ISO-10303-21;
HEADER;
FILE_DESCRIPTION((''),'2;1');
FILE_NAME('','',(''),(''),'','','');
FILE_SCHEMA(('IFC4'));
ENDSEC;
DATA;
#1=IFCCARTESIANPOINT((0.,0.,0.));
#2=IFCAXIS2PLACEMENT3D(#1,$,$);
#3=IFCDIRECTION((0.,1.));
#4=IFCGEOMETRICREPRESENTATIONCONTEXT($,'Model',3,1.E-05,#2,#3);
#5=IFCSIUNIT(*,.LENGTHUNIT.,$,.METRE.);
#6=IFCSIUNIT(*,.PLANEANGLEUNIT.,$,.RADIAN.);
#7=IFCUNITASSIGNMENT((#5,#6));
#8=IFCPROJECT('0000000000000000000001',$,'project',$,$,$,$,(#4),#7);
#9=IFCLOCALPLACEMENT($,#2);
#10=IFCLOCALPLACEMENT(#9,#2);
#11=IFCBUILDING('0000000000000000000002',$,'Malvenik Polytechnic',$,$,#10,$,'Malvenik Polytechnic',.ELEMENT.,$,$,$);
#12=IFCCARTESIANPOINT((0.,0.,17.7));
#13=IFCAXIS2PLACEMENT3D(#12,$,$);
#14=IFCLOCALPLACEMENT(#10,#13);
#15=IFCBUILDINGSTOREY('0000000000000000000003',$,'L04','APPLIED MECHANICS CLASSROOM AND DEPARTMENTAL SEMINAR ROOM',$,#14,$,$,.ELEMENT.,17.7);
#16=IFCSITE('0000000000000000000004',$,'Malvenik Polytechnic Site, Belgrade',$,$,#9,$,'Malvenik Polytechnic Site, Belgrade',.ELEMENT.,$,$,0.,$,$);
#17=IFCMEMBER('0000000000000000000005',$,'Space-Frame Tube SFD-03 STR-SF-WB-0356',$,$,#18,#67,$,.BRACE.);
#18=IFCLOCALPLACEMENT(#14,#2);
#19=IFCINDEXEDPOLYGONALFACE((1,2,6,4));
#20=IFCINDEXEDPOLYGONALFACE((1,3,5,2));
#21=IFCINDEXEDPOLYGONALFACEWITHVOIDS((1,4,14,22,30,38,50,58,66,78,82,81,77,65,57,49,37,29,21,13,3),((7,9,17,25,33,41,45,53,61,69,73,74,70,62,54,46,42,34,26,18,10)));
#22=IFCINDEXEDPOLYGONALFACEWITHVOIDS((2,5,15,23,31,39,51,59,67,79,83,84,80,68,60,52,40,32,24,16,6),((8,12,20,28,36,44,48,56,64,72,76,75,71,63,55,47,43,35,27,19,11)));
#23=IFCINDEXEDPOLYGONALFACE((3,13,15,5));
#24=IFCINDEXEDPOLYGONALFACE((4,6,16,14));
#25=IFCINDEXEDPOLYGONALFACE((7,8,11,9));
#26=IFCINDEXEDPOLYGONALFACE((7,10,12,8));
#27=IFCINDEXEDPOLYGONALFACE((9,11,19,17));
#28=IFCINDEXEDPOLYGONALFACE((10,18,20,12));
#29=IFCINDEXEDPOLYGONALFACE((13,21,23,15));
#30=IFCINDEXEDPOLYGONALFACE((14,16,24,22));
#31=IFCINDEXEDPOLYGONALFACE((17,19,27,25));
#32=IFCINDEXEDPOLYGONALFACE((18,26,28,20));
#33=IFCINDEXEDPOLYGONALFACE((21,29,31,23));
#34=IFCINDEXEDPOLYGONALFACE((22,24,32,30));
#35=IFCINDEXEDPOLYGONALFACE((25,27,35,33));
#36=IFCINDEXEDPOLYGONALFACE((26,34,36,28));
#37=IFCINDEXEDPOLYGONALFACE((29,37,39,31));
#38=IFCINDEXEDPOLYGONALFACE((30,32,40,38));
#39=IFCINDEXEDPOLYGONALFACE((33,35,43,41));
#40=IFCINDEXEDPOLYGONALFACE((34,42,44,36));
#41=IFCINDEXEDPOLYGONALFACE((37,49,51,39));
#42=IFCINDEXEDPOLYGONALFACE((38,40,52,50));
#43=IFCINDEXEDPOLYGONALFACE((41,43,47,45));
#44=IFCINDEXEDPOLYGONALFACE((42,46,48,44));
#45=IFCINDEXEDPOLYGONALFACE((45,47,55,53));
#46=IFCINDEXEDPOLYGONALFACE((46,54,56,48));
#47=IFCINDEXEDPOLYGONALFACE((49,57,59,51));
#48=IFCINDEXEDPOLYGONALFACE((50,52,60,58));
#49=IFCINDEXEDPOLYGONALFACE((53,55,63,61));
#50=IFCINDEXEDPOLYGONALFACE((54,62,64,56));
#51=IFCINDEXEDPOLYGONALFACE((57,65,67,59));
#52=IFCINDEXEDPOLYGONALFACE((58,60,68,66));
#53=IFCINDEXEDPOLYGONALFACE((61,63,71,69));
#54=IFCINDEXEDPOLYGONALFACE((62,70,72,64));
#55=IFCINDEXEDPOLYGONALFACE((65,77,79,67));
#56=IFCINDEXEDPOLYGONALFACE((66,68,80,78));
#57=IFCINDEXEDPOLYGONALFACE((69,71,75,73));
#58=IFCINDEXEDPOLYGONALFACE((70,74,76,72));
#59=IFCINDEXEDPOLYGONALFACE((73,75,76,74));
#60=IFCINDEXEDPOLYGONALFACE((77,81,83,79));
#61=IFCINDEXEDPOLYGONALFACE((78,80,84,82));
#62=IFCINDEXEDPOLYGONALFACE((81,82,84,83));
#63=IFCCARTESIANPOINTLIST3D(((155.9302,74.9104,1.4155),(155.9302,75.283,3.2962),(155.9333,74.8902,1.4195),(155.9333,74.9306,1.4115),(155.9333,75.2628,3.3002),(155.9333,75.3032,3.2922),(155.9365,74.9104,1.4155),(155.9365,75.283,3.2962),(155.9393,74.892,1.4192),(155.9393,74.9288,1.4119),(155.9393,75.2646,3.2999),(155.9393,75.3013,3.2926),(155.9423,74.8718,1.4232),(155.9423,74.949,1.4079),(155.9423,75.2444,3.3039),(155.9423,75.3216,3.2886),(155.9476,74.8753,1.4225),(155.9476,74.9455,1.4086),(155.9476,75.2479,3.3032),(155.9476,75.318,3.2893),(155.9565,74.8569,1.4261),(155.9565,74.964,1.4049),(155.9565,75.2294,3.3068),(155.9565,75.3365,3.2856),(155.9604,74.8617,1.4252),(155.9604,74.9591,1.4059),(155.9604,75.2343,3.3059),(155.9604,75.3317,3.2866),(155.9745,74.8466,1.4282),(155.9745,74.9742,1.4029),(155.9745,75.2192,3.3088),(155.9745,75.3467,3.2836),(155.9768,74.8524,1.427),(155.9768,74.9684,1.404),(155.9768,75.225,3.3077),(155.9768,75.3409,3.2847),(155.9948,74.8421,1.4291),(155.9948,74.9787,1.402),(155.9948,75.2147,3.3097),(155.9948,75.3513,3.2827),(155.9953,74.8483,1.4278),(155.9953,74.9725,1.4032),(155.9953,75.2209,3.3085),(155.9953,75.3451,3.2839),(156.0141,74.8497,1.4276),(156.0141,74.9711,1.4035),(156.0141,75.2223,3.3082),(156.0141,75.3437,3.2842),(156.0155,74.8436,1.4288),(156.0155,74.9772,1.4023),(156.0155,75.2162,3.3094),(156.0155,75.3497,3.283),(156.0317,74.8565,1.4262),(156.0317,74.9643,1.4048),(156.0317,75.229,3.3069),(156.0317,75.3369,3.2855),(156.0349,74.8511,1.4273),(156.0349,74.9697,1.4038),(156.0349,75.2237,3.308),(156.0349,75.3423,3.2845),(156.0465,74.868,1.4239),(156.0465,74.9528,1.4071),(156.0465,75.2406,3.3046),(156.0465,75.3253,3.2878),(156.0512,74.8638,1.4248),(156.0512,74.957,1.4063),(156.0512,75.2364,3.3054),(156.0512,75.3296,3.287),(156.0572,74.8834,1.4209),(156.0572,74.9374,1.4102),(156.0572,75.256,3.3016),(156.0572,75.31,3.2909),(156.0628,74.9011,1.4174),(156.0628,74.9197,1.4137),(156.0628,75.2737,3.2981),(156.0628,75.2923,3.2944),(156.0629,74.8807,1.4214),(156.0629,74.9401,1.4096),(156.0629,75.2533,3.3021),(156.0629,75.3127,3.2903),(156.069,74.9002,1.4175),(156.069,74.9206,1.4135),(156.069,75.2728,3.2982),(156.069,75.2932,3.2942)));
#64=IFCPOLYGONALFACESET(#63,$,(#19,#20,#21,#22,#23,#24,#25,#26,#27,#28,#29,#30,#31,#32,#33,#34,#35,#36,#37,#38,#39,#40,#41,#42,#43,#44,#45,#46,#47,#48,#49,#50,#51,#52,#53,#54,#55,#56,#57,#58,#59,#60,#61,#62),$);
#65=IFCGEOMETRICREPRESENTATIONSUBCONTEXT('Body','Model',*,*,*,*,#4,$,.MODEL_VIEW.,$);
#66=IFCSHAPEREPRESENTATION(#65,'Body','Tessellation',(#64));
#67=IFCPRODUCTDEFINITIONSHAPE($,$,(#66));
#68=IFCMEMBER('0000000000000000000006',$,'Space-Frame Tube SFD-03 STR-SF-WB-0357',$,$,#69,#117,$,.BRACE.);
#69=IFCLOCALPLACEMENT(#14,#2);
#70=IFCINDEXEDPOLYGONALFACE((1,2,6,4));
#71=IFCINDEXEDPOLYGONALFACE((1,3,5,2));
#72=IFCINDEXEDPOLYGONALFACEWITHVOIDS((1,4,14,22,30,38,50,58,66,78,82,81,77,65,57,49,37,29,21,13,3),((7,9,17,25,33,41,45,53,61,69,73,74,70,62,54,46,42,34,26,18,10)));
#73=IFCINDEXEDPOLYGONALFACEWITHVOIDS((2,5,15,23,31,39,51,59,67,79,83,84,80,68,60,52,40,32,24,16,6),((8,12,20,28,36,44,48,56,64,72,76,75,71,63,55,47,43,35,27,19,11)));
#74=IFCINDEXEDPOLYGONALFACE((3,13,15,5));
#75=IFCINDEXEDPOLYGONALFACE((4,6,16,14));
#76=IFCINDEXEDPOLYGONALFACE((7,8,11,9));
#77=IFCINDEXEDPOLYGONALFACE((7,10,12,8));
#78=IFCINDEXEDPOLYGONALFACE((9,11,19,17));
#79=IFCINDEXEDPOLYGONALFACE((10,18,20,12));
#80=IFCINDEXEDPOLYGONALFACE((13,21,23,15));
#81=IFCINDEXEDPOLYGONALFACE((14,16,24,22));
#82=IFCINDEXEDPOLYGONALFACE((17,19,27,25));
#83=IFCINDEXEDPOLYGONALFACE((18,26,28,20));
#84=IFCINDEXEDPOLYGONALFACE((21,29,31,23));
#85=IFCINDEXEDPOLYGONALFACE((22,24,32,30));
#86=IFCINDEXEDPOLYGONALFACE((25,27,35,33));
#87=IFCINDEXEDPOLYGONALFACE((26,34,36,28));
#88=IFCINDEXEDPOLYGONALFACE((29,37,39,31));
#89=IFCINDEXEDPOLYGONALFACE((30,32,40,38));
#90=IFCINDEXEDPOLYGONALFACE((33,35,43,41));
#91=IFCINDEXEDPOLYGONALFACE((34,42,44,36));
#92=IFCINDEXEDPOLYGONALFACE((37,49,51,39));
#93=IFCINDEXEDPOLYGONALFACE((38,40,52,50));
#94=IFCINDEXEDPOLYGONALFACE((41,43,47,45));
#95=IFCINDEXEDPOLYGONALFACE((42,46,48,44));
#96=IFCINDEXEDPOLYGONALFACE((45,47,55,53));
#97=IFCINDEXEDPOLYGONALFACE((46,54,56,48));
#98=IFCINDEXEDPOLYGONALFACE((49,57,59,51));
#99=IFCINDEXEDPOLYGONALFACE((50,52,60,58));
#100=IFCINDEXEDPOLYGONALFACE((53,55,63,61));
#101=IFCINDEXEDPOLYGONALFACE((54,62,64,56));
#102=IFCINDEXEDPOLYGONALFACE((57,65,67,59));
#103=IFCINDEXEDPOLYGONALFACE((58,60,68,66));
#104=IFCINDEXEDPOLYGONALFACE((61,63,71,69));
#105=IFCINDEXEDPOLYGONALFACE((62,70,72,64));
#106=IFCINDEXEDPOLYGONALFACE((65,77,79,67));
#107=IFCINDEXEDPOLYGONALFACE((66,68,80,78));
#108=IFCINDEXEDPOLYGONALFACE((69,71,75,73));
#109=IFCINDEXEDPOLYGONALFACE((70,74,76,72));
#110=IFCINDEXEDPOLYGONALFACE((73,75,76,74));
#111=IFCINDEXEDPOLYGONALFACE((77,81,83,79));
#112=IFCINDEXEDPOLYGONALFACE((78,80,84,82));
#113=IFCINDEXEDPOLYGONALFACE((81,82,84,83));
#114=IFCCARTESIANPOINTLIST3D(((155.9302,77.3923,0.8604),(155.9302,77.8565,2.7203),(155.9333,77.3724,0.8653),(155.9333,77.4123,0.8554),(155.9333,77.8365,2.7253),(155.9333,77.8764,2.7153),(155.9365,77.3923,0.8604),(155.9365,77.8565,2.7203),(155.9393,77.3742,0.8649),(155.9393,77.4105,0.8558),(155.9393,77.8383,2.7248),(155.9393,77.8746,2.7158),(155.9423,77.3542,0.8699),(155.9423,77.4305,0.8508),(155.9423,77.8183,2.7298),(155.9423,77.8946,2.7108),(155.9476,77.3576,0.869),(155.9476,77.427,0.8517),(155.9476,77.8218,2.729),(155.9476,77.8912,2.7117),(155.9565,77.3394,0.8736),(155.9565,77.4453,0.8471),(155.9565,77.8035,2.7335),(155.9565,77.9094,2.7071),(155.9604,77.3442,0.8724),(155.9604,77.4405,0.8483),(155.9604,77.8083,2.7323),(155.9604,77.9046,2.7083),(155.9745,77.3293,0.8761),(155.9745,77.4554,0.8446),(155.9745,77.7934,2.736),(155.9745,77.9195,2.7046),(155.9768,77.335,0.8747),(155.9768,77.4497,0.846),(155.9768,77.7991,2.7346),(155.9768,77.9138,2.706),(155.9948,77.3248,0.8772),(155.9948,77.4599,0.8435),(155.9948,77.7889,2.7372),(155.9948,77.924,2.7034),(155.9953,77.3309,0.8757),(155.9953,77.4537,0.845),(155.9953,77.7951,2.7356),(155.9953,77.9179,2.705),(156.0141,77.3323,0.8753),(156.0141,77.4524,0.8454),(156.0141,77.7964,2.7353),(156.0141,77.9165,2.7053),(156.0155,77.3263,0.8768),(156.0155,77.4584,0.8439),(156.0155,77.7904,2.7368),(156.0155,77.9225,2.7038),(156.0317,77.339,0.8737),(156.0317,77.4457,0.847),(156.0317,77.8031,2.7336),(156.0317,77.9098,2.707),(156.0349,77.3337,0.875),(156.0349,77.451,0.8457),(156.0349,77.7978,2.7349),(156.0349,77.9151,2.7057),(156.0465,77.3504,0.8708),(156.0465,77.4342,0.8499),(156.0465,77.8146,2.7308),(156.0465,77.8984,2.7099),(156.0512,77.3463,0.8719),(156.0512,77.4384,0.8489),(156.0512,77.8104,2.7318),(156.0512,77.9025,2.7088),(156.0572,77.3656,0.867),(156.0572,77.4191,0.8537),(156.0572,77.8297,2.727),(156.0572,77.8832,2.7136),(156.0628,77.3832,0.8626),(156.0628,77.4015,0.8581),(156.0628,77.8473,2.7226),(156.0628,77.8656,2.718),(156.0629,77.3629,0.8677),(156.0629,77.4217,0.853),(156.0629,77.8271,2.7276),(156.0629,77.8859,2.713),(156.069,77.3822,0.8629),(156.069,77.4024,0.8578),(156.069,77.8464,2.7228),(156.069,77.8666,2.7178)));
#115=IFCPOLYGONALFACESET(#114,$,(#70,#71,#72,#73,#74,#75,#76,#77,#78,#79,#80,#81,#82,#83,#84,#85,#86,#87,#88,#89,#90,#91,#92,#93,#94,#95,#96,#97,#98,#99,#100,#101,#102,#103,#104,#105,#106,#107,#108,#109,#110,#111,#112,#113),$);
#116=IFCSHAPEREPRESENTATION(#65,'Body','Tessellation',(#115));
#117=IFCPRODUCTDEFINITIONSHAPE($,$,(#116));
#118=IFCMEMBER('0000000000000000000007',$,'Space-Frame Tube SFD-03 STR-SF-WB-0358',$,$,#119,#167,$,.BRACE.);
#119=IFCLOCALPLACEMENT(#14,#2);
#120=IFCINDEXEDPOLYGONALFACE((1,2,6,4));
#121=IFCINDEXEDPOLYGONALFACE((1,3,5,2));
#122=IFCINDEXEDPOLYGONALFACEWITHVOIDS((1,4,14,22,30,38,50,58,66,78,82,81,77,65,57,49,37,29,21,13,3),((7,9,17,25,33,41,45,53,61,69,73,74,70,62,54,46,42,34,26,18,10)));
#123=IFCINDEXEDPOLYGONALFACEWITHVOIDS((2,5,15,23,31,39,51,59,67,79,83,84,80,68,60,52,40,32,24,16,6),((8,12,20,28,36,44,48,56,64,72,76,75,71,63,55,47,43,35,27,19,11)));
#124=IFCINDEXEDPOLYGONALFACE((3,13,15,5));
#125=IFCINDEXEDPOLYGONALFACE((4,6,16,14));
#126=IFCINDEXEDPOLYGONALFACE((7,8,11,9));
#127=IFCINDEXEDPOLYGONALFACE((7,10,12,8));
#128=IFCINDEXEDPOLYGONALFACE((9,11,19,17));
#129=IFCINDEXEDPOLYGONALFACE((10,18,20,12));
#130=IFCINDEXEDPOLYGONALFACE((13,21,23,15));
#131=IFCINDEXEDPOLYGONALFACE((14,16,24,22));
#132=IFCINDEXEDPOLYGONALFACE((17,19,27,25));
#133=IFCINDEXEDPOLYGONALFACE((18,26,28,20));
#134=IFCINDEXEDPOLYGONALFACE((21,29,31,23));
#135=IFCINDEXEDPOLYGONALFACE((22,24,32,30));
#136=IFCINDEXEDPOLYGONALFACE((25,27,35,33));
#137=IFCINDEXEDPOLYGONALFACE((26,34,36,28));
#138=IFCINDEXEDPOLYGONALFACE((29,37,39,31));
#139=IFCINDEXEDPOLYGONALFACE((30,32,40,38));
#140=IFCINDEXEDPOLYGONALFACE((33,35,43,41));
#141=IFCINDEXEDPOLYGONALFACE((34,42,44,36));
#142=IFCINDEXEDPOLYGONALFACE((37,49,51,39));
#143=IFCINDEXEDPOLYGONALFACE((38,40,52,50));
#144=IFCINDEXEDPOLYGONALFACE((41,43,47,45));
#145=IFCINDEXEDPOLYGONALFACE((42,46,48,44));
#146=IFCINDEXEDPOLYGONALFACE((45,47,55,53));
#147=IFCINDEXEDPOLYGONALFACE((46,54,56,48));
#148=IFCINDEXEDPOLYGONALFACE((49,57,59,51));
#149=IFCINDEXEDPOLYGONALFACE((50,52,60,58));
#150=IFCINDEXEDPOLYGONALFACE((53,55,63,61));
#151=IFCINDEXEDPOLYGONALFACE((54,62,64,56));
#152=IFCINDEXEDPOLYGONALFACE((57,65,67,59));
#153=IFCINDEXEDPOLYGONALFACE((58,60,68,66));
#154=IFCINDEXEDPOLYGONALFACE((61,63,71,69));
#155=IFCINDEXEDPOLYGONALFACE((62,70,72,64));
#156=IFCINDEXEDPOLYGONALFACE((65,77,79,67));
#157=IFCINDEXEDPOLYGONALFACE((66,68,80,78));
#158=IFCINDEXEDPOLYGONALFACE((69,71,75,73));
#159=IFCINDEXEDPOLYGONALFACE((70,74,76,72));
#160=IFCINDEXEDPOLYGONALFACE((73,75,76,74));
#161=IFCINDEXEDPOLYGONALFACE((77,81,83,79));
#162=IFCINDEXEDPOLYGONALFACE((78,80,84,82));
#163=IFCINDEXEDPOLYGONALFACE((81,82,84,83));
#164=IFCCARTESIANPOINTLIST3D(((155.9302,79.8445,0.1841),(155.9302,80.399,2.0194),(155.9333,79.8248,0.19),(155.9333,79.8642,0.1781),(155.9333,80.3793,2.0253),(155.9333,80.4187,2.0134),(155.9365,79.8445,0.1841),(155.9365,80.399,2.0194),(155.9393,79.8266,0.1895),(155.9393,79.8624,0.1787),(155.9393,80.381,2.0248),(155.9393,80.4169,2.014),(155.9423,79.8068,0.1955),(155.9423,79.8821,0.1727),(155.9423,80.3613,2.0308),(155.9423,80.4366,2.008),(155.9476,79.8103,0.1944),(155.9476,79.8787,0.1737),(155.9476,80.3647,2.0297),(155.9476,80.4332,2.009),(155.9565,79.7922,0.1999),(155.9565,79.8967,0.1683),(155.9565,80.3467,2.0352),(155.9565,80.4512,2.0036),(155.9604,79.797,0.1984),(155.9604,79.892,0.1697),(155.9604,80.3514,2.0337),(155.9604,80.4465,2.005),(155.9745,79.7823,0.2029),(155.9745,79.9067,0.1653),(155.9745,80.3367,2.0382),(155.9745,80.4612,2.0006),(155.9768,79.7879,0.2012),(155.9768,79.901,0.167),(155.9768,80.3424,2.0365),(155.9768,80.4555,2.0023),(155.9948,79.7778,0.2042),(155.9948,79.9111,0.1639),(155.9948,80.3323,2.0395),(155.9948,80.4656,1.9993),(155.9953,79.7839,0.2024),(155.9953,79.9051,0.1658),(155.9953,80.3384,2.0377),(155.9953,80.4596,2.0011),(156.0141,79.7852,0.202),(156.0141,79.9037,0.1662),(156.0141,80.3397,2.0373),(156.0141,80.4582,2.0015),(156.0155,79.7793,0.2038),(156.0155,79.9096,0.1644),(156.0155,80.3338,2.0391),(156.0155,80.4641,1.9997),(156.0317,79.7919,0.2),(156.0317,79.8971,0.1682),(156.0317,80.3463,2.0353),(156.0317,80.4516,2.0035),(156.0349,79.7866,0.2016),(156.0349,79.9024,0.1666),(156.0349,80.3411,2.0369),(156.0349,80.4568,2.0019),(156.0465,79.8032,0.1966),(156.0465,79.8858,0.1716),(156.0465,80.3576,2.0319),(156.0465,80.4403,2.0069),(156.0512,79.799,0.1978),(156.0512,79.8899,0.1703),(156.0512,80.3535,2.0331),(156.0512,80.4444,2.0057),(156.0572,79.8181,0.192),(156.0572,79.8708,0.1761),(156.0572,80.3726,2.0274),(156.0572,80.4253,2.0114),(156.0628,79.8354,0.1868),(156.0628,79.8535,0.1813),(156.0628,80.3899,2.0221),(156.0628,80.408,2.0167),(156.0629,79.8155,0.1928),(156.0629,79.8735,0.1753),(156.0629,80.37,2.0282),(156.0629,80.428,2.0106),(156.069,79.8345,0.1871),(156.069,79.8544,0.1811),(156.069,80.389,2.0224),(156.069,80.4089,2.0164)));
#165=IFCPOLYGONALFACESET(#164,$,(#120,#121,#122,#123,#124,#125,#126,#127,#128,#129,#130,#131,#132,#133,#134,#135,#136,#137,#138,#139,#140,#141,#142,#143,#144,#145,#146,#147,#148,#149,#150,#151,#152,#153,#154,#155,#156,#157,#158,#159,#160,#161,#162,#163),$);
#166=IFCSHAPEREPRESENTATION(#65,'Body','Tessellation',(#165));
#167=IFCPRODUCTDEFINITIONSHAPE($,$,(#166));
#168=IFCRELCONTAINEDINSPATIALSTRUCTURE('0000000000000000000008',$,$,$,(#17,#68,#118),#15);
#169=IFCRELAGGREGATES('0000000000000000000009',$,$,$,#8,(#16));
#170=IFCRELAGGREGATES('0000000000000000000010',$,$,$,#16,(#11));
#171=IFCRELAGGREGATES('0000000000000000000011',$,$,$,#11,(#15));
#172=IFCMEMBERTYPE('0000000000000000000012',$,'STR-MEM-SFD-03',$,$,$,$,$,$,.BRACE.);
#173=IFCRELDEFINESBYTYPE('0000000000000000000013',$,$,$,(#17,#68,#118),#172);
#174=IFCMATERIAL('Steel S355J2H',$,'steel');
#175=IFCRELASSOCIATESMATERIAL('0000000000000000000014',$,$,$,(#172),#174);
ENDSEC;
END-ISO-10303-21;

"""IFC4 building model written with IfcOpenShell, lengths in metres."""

from ifc_helpers import new_model, si_unit, direction, frame, origin, origin_2d, place, context, subcontext, project, spatial, hollow_circle, extrude, material, material_profile, profile_set, type_object, element, save


model = new_model("IFC4")

# Units and contexts
model_context = context("Model", 3, precision=1e-05, world=origin(), true_north=direction((0.0, 1.0)))
body_context = subcontext(model_context, "Body", "Model", "MODEL_VIEW")
ifc_project = project(units=[si_unit("LENGTHUNIT", "METRE"), si_unit("PLANEANGLEUNIT", "RADIAN")], contexts=[model_context])

# Site, building, storey
site_placement = place(None, origin())
site = spatial("IfcSite", under=ifc_project, at=site_placement, Name="Malvenik Polytechnic Site, Belgrade", LongName="Malvenik Polytechnic Site, Belgrade", CompositionType="ELEMENT", RefElevation=0.0)
building_placement = place(site_placement, origin())
building = spatial("IfcBuilding", under=site, at=building_placement, Name="Malvenik Polytechnic", LongName="Malvenik Polytechnic", CompositionType="ELEMENT")
storey_placement = place(building_placement, frame((0.0, 0.0, 17.7)))
storey = spatial("IfcBuildingStorey", under=building, at=storey_placement, Name="L04", Description="APPLIED MECHANICS CLASSROOM AND DEPARTMENTAL SEMINAR ROOM", CompositionType="ELEMENT", Elevation=17.7)

# Members
ifc_material = material(Name="Steel S355J2H", Category="steel")
ifc_material_profile_1 = material_profile(ifc_material, hollow_circle(Radius=0.0698, WallThickness=0.0063, at=origin_2d()), Name="CHS 139.7x6.3")
ifc_profile_set_1 = profile_set([ifc_material_profile_1], Name="Steel S355J2H")
member_type_1 = type_object("IfcMemberType", Name="STR-MEM-SFD-03", PredefinedType="BRACE", material=ifc_profile_set_1)
member_1_placement = place(storey_placement, frame((156.0, 74.9104, 1.4155), z_axis=(0.0, 0.194328, 0.980937), x_axis=(-1.0, 0.0, 0.0)))
element("IfcMember", 1, at=member_1_placement, inside=storey, type_object=member_type_1, Name="Space-Frame Tube SFD-03 STR-SF-WB-0356", PredefinedType="BRACE", context=body_context, shape_type="SweptSolid", body=[
    extrude(hollow_circle(Radius=0.0698, WallThickness=0.0063, at=origin_2d()), origin(), (0.0, 0.0, 1.0), 1.9172),
])
member_2_placement = place(storey_placement, frame((156.0, 77.3923, 0.8604), z_axis=(0.0, 0.242116, 0.970247), x_axis=(-1.0, 0.0, 0.0)))
element("IfcMember", 2, at=member_2_placement, inside=storey, type_object=member_type_1, Name="Space-Frame Tube SFD-03 STR-SF-WB-0357", PredefinedType="BRACE", context=body_context, shape_type="SweptSolid", body=[
    extrude(hollow_circle(Radius=0.0698, WallThickness=0.0063, at=origin_2d()), origin(), (0.0, 0.0, 1.0), 1.917),
])
member_3_placement = place(storey_placement, frame((156.0, 79.8445, 0.1841), z_axis=(0.0, 0.289205, 0.957267), x_axis=(-1.0, 0.0, 0.0)))
element("IfcMember", 3, at=member_3_placement, inside=storey, type_object=member_type_1, Name="Space-Frame Tube SFD-03 STR-SF-WB-0358", PredefinedType="BRACE", context=body_context, shape_type="SweptSolid", body=[
    extrude(hollow_circle(Radius=0.0698, WallThickness=0.0063, at=origin_2d()), origin(), (0.0, 0.0, 1.0), 1.9172),
])

save(model, "model.ifc")
